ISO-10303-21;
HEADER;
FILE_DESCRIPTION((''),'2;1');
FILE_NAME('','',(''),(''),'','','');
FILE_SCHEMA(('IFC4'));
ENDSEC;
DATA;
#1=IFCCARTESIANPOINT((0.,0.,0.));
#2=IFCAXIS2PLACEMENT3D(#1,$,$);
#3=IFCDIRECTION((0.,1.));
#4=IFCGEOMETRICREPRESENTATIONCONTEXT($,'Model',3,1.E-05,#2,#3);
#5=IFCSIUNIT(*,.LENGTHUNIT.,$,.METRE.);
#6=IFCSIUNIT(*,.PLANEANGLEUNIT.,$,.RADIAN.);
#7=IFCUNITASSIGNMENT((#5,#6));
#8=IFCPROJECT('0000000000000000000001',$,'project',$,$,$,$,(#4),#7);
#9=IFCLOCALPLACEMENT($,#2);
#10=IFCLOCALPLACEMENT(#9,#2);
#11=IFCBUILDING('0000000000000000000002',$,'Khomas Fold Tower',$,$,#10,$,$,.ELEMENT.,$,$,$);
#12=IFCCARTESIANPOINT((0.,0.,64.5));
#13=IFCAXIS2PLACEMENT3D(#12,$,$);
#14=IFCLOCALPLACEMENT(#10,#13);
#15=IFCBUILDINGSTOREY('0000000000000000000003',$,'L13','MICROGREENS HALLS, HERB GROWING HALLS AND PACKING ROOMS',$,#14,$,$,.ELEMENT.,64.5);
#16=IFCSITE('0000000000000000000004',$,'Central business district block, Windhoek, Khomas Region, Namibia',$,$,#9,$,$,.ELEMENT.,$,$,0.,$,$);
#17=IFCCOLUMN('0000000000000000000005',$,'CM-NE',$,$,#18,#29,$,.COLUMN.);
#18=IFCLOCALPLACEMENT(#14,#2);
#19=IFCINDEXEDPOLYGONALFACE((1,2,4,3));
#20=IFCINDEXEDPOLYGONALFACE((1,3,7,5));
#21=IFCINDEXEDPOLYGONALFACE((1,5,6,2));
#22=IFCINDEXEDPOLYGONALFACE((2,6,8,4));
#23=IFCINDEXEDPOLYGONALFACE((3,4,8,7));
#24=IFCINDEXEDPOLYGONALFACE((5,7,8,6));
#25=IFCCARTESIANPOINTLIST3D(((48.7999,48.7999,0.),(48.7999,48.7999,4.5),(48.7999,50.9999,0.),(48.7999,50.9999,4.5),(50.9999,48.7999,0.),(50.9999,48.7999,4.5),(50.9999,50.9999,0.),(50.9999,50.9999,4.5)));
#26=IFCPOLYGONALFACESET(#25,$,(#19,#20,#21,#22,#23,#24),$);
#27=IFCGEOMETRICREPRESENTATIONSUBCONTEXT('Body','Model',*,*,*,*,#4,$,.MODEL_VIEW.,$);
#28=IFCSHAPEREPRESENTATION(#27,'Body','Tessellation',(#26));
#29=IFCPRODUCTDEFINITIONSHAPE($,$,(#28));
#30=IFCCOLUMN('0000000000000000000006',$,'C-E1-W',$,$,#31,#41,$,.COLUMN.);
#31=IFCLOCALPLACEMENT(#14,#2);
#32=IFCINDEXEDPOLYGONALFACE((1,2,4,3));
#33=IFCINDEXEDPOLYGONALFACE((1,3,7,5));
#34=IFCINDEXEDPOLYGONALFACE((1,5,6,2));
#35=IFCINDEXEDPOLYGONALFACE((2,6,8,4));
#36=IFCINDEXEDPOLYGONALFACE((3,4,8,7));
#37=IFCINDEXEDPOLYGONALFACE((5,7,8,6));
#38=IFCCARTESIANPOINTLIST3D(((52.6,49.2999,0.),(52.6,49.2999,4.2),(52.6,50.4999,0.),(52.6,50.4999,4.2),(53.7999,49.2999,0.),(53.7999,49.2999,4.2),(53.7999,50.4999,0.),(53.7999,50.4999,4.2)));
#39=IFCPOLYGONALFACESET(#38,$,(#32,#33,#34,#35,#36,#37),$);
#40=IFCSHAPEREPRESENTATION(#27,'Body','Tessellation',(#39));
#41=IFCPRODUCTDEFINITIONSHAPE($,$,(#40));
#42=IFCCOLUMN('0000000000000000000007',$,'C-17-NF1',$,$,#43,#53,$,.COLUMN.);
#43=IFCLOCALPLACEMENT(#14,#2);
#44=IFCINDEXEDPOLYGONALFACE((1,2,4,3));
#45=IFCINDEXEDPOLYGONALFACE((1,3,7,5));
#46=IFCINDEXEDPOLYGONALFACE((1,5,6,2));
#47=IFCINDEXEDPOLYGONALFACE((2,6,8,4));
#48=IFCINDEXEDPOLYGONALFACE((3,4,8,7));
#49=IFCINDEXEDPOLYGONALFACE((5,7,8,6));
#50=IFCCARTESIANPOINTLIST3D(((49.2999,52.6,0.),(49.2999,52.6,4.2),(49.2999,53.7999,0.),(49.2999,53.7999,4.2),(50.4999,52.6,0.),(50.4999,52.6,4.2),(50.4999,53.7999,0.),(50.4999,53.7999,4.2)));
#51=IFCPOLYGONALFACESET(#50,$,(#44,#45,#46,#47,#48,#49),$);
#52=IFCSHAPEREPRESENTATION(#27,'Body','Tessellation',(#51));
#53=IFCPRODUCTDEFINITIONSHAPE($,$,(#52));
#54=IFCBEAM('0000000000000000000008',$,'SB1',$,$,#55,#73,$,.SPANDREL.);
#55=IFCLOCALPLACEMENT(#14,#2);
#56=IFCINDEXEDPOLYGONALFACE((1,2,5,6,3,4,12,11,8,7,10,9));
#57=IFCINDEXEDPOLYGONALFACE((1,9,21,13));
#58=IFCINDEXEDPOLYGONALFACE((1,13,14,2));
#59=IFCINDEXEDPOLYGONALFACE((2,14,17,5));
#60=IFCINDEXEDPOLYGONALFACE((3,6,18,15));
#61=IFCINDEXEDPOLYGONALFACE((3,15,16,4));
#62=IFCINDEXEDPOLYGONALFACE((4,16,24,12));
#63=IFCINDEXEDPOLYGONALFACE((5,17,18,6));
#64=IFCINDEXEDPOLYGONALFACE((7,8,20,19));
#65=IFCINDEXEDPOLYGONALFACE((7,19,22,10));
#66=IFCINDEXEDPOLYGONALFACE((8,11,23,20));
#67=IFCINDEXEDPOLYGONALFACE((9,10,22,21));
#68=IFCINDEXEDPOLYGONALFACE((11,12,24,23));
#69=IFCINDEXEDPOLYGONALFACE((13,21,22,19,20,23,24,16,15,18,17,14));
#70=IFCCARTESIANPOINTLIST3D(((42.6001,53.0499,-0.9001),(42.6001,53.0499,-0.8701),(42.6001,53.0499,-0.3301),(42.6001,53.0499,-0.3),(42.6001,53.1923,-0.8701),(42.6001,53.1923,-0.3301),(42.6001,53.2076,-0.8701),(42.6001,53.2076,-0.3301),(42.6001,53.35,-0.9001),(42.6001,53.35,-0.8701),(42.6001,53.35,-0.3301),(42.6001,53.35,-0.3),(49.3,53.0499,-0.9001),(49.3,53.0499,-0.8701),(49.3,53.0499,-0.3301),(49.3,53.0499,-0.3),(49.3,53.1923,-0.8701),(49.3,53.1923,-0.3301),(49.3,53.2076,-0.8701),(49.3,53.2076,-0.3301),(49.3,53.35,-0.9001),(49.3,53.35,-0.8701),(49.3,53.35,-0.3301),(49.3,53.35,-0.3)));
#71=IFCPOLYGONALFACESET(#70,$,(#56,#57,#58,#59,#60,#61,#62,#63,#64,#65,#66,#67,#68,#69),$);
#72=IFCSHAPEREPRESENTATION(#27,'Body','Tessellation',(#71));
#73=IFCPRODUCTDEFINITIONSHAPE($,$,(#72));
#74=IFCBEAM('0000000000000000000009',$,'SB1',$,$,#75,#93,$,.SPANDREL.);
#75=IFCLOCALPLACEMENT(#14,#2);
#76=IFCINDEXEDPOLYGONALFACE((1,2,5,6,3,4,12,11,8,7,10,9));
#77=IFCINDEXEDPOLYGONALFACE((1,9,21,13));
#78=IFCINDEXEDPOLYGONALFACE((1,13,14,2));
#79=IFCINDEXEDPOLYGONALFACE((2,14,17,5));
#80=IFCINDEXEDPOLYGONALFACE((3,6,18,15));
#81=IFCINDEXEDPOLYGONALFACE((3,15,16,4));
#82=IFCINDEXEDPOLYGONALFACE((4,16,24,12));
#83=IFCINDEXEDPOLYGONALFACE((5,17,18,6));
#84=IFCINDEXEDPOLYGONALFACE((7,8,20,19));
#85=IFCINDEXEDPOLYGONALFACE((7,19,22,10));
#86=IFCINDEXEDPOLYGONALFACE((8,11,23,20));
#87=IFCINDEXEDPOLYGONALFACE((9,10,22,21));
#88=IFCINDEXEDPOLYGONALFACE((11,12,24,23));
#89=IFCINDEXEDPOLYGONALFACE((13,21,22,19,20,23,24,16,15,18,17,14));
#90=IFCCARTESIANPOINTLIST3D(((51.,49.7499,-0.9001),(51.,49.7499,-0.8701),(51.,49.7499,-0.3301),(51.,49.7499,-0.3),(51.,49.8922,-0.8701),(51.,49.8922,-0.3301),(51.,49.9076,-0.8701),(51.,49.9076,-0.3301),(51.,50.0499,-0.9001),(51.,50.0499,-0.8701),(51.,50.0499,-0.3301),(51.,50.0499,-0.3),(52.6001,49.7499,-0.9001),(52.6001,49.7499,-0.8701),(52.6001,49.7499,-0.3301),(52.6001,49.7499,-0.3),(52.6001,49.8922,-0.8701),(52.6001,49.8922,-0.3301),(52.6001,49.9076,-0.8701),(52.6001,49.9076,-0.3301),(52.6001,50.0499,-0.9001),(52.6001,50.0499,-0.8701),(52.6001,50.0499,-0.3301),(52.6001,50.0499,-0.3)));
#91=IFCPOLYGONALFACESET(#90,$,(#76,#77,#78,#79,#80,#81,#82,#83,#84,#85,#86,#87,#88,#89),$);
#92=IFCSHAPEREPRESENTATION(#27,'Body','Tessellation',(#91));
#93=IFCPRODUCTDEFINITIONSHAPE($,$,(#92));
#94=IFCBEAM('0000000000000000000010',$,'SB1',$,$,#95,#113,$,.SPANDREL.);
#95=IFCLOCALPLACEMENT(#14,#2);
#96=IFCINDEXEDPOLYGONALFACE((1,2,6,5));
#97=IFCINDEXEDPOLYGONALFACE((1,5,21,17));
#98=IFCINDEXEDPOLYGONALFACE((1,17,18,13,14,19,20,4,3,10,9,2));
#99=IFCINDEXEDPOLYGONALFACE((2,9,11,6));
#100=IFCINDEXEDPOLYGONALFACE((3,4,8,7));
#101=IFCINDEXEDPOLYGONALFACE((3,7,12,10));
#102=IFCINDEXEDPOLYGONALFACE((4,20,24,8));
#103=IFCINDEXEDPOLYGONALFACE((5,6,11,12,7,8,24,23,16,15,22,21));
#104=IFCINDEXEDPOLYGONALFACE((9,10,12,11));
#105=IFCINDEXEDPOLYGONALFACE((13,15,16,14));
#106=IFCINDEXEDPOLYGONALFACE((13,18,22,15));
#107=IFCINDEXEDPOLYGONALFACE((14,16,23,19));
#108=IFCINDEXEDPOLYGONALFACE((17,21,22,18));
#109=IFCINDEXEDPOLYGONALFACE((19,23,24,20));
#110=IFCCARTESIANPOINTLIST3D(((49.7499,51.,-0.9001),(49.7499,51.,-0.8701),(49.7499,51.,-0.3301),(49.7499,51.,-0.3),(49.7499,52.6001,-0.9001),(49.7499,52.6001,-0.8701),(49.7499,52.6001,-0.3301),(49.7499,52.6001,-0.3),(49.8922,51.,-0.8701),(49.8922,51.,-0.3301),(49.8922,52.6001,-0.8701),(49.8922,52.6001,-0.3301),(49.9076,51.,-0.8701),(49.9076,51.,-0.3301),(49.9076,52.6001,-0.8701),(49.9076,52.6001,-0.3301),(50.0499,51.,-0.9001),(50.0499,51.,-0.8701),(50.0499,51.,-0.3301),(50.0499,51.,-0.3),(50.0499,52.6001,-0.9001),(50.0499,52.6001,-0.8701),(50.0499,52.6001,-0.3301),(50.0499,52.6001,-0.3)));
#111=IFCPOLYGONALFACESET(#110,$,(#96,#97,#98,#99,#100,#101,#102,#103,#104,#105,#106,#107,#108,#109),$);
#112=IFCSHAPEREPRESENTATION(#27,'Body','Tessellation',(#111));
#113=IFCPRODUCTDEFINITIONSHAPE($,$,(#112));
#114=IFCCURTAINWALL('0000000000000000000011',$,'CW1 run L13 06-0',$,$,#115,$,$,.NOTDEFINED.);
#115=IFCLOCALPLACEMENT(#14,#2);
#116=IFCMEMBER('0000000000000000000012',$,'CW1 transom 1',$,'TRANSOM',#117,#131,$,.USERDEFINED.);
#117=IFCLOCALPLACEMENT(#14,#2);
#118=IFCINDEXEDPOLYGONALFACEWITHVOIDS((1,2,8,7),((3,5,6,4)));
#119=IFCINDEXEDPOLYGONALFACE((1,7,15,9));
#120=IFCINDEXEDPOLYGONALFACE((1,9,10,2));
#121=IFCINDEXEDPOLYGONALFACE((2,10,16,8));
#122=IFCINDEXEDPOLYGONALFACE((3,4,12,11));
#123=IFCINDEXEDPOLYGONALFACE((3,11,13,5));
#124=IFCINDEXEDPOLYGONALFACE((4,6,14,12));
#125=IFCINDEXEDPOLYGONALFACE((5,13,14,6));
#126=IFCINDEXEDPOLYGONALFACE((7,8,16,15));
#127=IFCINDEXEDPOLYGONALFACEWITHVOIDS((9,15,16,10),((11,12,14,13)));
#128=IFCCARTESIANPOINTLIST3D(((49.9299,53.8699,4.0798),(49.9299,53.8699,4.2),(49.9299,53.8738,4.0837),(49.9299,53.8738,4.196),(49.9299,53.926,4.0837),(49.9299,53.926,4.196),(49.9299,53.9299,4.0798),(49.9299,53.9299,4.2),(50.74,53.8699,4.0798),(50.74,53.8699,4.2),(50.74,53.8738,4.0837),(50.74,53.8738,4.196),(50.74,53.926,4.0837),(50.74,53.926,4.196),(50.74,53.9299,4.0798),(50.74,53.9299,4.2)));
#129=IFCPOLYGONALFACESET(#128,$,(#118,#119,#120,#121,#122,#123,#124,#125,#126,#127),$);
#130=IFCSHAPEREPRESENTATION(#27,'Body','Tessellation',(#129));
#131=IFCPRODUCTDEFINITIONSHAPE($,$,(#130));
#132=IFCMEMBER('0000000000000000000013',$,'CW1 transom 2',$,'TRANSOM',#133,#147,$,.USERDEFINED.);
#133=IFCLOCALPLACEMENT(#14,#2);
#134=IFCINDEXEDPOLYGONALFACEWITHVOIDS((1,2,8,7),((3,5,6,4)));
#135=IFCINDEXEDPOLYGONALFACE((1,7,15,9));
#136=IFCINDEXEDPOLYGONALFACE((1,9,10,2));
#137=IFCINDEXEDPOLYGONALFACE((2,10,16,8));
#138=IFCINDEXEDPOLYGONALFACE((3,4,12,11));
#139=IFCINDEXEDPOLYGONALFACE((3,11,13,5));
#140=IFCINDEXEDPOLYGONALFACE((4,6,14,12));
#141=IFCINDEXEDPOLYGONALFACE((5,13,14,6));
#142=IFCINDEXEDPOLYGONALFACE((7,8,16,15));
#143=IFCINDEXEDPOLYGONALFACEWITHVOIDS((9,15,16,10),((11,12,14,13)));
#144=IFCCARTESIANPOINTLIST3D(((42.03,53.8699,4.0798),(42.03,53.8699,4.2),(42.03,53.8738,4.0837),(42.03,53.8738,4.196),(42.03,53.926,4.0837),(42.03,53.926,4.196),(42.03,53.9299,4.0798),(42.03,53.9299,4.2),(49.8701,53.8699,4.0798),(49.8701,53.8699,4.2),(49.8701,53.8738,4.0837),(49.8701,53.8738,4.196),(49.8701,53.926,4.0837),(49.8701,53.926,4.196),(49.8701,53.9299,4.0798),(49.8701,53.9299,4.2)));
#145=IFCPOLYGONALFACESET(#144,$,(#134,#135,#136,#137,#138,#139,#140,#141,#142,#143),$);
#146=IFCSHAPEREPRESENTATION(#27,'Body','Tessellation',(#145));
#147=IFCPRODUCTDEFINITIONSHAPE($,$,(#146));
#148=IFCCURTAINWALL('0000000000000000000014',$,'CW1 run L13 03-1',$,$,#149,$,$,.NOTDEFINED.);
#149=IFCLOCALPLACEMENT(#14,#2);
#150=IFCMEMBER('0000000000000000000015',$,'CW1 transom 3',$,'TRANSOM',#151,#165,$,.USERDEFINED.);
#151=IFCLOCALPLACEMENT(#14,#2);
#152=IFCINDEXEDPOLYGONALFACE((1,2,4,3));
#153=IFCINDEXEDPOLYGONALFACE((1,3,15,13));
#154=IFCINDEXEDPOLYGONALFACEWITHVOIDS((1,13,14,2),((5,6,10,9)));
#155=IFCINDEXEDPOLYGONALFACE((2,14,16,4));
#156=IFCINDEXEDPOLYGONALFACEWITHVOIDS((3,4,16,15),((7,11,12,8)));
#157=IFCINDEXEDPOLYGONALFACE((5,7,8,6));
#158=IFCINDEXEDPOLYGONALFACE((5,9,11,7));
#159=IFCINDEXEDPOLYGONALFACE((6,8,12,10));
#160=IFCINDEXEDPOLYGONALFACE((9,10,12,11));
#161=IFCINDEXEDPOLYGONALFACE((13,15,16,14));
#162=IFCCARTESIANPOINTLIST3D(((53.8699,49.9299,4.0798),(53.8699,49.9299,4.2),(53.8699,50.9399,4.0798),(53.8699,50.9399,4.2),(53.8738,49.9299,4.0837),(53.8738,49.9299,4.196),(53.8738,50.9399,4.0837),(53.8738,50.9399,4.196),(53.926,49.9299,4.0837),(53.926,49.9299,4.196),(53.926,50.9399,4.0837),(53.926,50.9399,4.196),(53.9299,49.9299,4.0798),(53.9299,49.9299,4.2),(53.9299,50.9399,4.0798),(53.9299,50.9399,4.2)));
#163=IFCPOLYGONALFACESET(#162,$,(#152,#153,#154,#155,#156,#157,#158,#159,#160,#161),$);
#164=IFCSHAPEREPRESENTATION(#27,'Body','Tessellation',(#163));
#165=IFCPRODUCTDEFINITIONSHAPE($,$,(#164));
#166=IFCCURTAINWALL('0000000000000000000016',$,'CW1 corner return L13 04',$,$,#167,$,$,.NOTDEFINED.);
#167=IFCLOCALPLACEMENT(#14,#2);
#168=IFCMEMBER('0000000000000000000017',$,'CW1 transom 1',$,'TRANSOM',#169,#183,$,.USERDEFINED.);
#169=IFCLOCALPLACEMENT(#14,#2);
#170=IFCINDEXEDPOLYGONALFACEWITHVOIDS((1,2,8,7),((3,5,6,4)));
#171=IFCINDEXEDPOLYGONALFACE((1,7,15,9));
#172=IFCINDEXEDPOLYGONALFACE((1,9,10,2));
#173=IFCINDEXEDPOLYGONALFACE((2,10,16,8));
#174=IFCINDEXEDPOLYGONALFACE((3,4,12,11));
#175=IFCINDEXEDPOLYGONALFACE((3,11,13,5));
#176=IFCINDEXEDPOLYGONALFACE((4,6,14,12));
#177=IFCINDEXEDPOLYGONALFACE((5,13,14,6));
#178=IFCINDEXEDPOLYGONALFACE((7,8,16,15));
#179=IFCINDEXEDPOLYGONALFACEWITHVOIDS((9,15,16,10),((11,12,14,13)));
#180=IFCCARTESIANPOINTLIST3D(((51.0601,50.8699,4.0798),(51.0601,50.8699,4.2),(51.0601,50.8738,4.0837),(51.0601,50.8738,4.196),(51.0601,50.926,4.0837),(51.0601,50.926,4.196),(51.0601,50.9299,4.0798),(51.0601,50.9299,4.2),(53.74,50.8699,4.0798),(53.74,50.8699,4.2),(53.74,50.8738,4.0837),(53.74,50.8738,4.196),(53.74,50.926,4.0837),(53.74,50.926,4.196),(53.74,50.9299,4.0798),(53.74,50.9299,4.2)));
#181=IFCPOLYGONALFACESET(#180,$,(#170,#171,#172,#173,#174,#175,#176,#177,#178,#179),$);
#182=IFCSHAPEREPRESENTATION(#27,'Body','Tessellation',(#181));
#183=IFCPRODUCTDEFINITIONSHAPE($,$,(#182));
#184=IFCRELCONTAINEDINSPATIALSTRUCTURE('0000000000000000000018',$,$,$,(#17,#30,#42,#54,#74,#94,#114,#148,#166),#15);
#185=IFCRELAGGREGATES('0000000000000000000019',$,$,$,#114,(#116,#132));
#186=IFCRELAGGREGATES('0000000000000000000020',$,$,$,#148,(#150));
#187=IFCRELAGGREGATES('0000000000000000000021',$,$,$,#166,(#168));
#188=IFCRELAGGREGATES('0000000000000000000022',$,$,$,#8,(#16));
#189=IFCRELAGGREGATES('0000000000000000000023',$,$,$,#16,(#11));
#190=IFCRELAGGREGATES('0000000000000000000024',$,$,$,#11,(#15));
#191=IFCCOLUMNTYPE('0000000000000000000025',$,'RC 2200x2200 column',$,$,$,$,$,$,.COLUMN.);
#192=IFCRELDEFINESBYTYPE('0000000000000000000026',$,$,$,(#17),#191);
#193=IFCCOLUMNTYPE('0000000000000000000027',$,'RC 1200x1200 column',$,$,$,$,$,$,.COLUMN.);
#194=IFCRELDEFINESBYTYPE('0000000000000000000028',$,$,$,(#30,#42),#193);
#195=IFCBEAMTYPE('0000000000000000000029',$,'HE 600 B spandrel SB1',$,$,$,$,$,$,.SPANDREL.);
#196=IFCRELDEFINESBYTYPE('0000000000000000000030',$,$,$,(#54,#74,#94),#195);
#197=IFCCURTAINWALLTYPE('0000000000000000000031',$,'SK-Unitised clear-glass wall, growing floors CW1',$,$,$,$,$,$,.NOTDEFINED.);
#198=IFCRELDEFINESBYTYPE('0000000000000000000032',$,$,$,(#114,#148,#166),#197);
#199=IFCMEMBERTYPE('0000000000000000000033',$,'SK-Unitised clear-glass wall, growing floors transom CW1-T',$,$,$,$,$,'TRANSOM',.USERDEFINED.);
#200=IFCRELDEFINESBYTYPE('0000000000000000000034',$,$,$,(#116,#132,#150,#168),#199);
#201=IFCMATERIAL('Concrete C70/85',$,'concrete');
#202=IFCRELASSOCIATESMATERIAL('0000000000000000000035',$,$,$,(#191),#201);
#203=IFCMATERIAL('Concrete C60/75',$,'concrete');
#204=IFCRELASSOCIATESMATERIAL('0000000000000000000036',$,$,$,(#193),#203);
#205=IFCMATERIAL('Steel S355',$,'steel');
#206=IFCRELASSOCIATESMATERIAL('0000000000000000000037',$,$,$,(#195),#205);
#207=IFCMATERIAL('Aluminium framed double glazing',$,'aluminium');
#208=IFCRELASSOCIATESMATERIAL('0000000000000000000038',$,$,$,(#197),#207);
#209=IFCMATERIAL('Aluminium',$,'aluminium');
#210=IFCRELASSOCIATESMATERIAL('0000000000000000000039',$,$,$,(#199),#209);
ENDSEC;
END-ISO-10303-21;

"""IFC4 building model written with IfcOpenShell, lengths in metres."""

from ifc_helpers import new_model, si_unit, direction, frame, origin, origin_2d, place, context, subcontext, project, spatial, rectangle, hollow_rectangle, i_section, extrude, source, transform, mapped, material, material_profile, profile_set, type_object, element, aggregate, save


model = new_model("IFC4")

# Units and contexts
model_context = context("Model", 3, precision=1e-05, world=origin(), true_north=direction((0.0, 1.0)))
body_context = subcontext(model_context, "Body", "Model", "MODEL_VIEW")
ifc_project = project(units=[si_unit("LENGTHUNIT", "METRE"), si_unit("PLANEANGLEUNIT", "RADIAN")], contexts=[model_context])

# Site, building, storey
site_placement = place(None, origin())
site = spatial("IfcSite", under=ifc_project, at=site_placement, Name="Central business district block, Windhoek, Khomas Region, Namibia", CompositionType="ELEMENT", RefElevation=0.0)
building_placement = place(site_placement, origin())
building = spatial("IfcBuilding", under=site, at=building_placement, Name="Khomas Fold Tower", CompositionType="ELEMENT")
storey_placement = place(building_placement, frame((0.0, 0.0, 64.5)))
storey = spatial("IfcBuildingStorey", under=building, at=storey_placement, Name="L13", Description="MICROGREENS HALLS, HERB GROWING HALLS AND PACKING ROOMS", CompositionType="ELEMENT", Elevation=64.5)

# Columns
ifc_material_1 = material(Name="Concrete C70/85", Category="concrete")
ifc_material_profile_1 = material_profile(ifc_material_1, rectangle(XDim=2.2, YDim=2.2, at=origin_2d()), Name="RC 2200x2200")
ifc_profile_set_1 = profile_set([ifc_material_profile_1], Name="Concrete C70/85")
column_type_1 = type_object("IfcColumnType", Name="RC 2200x2200 column", PredefinedType="COLUMN", material=ifc_profile_set_1)
shared_shape_1 = source(origin(), body_context, "Body", "SweptSolid", [
    extrude(rectangle(XDim=2.2, YDim=2.2, at=origin_2d()), origin(), (0.0, 0.0, 1.0), 4.5),
])
column_placement = place(storey_placement, frame((49.8999, 49.8999, 0.0), z_axis=(0.0, 0.0, 1.0), x_axis=(1.0, 0.0, 0.0)))
element("IfcColumn", 1, at=column_placement, inside=storey, type_object=column_type_1, Name="CM-NE", PredefinedType="COLUMN", context=body_context, shape_type="MappedRepresentation", body=[
    mapped(shared_shape_1, transform((0.0, 0.0, 0.0))),
])
ifc_material_2 = material(Name="Concrete C60/75", Category="concrete")
ifc_material_profile_2 = material_profile(ifc_material_2, rectangle(XDim=1.2, YDim=1.2, at=origin_2d()), Name="RC 1200x1200")
ifc_profile_set_2 = profile_set([ifc_material_profile_2], Name="Concrete C60/75")
column_type_2 = type_object("IfcColumnType", Name="RC 1200x1200 column", PredefinedType="COLUMN", material=ifc_profile_set_2)
shared_shape_2 = source(origin(), body_context, "Body", "SweptSolid", [
    extrude(rectangle(XDim=1.2, YDim=1.2, at=origin_2d()), origin(), (0.0, 0.0, 1.0), 4.2),
])
for number, where, z_axis, x_axis, name in (
    (2, (53.2, 49.8999, 0.0), (0.0, 0.0, 1.0), (1.0, 0.0, 0.0), "C-E1-W"),
    (3, (49.8999, 53.2, 0.0), (0.0, 0.0, 1.0), (1.0, 0.0, 0.0), "C-17-NF1"),
):
    element("IfcColumn", number, at=place(storey_placement, frame(where, z_axis=z_axis, x_axis=x_axis)), inside=storey, type_object=column_type_2, Name=name, PredefinedType="COLUMN", context=body_context, shape_type="MappedRepresentation", body=[
        mapped(shared_shape_2, transform((0.0, 0.0, 0.0))),
    ])

# Beams
ifc_material_3 = material(Name="Steel S355", Category="steel")
ifc_material_profile_3 = material_profile(ifc_material_3, i_section(OverallWidth=0.3, OverallDepth=0.6001, WebThickness=0.0154, FlangeThickness=0.03, at=origin_2d()), Name="HE 600 B")
ifc_profile_set_3 = profile_set([ifc_material_profile_3], Name="Steel S355")
beam_type = type_object("IfcBeamType", Name="HE 600 B spandrel SB1", PredefinedType="SPANDREL", material=ifc_profile_set_3)
shared_shape_3 = source(origin(), body_context, "Body", "SweptSolid", [
    extrude(i_section(OverallWidth=0.3, OverallDepth=0.6001, WebThickness=0.0154, FlangeThickness=0.03, at=origin_2d()), origin(), (0.0, 0.0, 1.0), 6.7),
])
beam_placement = place(storey_placement, frame((42.6001, 53.2, -0.6001), z_axis=(1.0, 0.0, 0.0), x_axis=(0.0, 1.0, 0.0)))
element("IfcBeam", 4, at=beam_placement, inside=storey, type_object=beam_type, Name="SB1", PredefinedType="SPANDREL", context=body_context, shape_type="MappedRepresentation", body=[
    mapped(shared_shape_3, transform((0.0, 0.0, 0.0))),
])
shared_shape_4 = source(origin(), body_context, "Body", "SweptSolid", [
    extrude(i_section(OverallWidth=0.3, OverallDepth=0.6001, WebThickness=0.0154, FlangeThickness=0.03, at=origin_2d()), origin(), (0.0, 0.0, 1.0), 1.6001),
])
for number, where, z_axis, x_axis, name in (
    (5, (51.0, 49.8999, -0.6001), (1.0, 0.0, 0.0), (0.0, 1.0, 0.0), "SB1"),
    (6, (49.8999, 51.0, -0.6001), (0.0, 1.0, 0.0), (-1.0, 0.0, 0.0), "SB1"),
):
    element("IfcBeam", number, at=place(storey_placement, frame(where, z_axis=z_axis, x_axis=x_axis)), inside=storey, type_object=beam_type, Name=name, PredefinedType="SPANDREL", context=body_context, shape_type="MappedRepresentation", body=[
        mapped(shared_shape_4, transform((0.0, 0.0, 0.0))),
    ])

# Curtain wall, members
ifc_material_4 = material(Name="Aluminium framed double glazing", Category="aluminium")
curtain_wall_type = type_object("IfcCurtainWallType", Name="SK-Unitised clear-glass wall, growing floors CW1", PredefinedType="NOTDEFINED", material=ifc_material_4)
curtain_wall_1_placement = place(storey_placement, origin())
curtain_wall_1 = element("IfcCurtainWall", 7, at=curtain_wall_1_placement, inside=storey, type_object=curtain_wall_type, Name="CW1 run L13 06-0", PredefinedType="NOTDEFINED")
ifc_material_5 = material(Name="Aluminium", Category="aluminium")
ifc_material_profile_4 = material_profile(ifc_material_5, hollow_rectangle(XDim=0.0601, YDim=0.1201, WallThickness=0.0039, at=origin_2d()), Name="SK-Unitised clear-glass wall, growing floors transom CW1-T")
ifc_profile_set_4 = profile_set([ifc_material_profile_4], Name="Aluminium")
member_type_1 = type_object("IfcMemberType", Name="SK-Unitised clear-glass wall, growing floors transom CW1-T", ElementType="TRANSOM", PredefinedType="USERDEFINED", material=ifc_profile_set_4)
shared_shape_5 = source(origin(), body_context, "Body", "SweptSolid", [
    extrude(hollow_rectangle(XDim=0.0601, YDim=0.1201, WallThickness=0.0039, at=origin_2d()), origin(), (0.0, 0.0, 1.0), 0.8101),
])
member_1_placement = place(storey_placement, frame((50.74, 53.8999, 4.1399), z_axis=(-1.0, 0.0, 0.0), x_axis=(0.0, -1.0, 0.0)))
member_1 = element("IfcMember", 8, at=member_1_placement, type_object=member_type_1, Name="CW1 transom 1", ObjectType="TRANSOM", PredefinedType="USERDEFINED", context=body_context, shape_type="MappedRepresentation", body=[
    mapped(shared_shape_5, transform((0.0, 0.0, 0.0))),
])
shared_shape_6 = source(origin(), body_context, "Body", "SweptSolid", [
    extrude(hollow_rectangle(XDim=0.0601, YDim=0.1201, WallThickness=0.0039, at=origin_2d()), origin(), (0.0, 0.0, 1.0), 7.8401),
])
member_2_placement = place(storey_placement, frame((49.8701, 53.8999, 4.1399), z_axis=(-1.0, 0.0, 0.0), x_axis=(0.0, -1.0, 0.0)))
member_2 = element("IfcMember", 9, at=member_2_placement, type_object=member_type_1, Name="CW1 transom 2", ObjectType="TRANSOM", PredefinedType="USERDEFINED", context=body_context, shape_type="MappedRepresentation", body=[
    mapped(shared_shape_6, transform((0.0, 0.0, 0.0))),
])

# Curtain walls, members
curtain_wall_2_placement = place(storey_placement, origin())
curtain_wall_2 = element("IfcCurtainWall", 10, at=curtain_wall_2_placement, inside=storey, type_object=curtain_wall_type, Name="CW1 run L13 03-1", PredefinedType="NOTDEFINED")
shared_shape_7 = source(origin(), body_context, "Body", "SweptSolid", [
    extrude(hollow_rectangle(XDim=0.0601, YDim=0.1201, WallThickness=0.0039, at=origin_2d()), origin(), (0.0, 0.0, 1.0), 1.01),
])
member_3_placement = place(storey_placement, frame((53.8999, 49.9299, 4.1399), z_axis=(0.0, 1.0, 0.0), x_axis=(-1.0, 0.0, 0.0)))
member_3 = element("IfcMember", 11, at=member_3_placement, type_object=member_type_1, Name="CW1 transom 3", ObjectType="TRANSOM", PredefinedType="USERDEFINED", context=body_context, shape_type="MappedRepresentation", body=[
    mapped(shared_shape_7, transform((0.0, 0.0, 0.0))),
])
curtain_wall_3_placement = place(storey_placement, origin())
curtain_wall_3 = element("IfcCurtainWall", 12, at=curtain_wall_3_placement, inside=storey, type_object=curtain_wall_type, Name="CW1 corner return L13 04", PredefinedType="NOTDEFINED")
shared_shape_8 = source(origin(), body_context, "Body", "SweptSolid", [
    extrude(hollow_rectangle(XDim=0.0601, YDim=0.1201, WallThickness=0.0039, at=origin_2d()), origin(), (0.0, 0.0, 1.0), 2.6799),
])
member_4_placement = place(storey_placement, frame((53.74, 50.8999, 4.1399), z_axis=(-1.0, 0.0, 0.0), x_axis=(0.0, -1.0, 0.0)))
member_4 = element("IfcMember", 13, at=member_4_placement, type_object=member_type_1, Name="CW1 transom 1", ObjectType="TRANSOM", PredefinedType="USERDEFINED", context=body_context, shape_type="MappedRepresentation", body=[
    mapped(shared_shape_8, transform((0.0, 0.0, 0.0))),
])

aggregate(curtain_wall_1, [member_1, member_2])
aggregate(curtain_wall_2, [member_3])
aggregate(curtain_wall_3, [member_4])

save(model, "model.ifc")
